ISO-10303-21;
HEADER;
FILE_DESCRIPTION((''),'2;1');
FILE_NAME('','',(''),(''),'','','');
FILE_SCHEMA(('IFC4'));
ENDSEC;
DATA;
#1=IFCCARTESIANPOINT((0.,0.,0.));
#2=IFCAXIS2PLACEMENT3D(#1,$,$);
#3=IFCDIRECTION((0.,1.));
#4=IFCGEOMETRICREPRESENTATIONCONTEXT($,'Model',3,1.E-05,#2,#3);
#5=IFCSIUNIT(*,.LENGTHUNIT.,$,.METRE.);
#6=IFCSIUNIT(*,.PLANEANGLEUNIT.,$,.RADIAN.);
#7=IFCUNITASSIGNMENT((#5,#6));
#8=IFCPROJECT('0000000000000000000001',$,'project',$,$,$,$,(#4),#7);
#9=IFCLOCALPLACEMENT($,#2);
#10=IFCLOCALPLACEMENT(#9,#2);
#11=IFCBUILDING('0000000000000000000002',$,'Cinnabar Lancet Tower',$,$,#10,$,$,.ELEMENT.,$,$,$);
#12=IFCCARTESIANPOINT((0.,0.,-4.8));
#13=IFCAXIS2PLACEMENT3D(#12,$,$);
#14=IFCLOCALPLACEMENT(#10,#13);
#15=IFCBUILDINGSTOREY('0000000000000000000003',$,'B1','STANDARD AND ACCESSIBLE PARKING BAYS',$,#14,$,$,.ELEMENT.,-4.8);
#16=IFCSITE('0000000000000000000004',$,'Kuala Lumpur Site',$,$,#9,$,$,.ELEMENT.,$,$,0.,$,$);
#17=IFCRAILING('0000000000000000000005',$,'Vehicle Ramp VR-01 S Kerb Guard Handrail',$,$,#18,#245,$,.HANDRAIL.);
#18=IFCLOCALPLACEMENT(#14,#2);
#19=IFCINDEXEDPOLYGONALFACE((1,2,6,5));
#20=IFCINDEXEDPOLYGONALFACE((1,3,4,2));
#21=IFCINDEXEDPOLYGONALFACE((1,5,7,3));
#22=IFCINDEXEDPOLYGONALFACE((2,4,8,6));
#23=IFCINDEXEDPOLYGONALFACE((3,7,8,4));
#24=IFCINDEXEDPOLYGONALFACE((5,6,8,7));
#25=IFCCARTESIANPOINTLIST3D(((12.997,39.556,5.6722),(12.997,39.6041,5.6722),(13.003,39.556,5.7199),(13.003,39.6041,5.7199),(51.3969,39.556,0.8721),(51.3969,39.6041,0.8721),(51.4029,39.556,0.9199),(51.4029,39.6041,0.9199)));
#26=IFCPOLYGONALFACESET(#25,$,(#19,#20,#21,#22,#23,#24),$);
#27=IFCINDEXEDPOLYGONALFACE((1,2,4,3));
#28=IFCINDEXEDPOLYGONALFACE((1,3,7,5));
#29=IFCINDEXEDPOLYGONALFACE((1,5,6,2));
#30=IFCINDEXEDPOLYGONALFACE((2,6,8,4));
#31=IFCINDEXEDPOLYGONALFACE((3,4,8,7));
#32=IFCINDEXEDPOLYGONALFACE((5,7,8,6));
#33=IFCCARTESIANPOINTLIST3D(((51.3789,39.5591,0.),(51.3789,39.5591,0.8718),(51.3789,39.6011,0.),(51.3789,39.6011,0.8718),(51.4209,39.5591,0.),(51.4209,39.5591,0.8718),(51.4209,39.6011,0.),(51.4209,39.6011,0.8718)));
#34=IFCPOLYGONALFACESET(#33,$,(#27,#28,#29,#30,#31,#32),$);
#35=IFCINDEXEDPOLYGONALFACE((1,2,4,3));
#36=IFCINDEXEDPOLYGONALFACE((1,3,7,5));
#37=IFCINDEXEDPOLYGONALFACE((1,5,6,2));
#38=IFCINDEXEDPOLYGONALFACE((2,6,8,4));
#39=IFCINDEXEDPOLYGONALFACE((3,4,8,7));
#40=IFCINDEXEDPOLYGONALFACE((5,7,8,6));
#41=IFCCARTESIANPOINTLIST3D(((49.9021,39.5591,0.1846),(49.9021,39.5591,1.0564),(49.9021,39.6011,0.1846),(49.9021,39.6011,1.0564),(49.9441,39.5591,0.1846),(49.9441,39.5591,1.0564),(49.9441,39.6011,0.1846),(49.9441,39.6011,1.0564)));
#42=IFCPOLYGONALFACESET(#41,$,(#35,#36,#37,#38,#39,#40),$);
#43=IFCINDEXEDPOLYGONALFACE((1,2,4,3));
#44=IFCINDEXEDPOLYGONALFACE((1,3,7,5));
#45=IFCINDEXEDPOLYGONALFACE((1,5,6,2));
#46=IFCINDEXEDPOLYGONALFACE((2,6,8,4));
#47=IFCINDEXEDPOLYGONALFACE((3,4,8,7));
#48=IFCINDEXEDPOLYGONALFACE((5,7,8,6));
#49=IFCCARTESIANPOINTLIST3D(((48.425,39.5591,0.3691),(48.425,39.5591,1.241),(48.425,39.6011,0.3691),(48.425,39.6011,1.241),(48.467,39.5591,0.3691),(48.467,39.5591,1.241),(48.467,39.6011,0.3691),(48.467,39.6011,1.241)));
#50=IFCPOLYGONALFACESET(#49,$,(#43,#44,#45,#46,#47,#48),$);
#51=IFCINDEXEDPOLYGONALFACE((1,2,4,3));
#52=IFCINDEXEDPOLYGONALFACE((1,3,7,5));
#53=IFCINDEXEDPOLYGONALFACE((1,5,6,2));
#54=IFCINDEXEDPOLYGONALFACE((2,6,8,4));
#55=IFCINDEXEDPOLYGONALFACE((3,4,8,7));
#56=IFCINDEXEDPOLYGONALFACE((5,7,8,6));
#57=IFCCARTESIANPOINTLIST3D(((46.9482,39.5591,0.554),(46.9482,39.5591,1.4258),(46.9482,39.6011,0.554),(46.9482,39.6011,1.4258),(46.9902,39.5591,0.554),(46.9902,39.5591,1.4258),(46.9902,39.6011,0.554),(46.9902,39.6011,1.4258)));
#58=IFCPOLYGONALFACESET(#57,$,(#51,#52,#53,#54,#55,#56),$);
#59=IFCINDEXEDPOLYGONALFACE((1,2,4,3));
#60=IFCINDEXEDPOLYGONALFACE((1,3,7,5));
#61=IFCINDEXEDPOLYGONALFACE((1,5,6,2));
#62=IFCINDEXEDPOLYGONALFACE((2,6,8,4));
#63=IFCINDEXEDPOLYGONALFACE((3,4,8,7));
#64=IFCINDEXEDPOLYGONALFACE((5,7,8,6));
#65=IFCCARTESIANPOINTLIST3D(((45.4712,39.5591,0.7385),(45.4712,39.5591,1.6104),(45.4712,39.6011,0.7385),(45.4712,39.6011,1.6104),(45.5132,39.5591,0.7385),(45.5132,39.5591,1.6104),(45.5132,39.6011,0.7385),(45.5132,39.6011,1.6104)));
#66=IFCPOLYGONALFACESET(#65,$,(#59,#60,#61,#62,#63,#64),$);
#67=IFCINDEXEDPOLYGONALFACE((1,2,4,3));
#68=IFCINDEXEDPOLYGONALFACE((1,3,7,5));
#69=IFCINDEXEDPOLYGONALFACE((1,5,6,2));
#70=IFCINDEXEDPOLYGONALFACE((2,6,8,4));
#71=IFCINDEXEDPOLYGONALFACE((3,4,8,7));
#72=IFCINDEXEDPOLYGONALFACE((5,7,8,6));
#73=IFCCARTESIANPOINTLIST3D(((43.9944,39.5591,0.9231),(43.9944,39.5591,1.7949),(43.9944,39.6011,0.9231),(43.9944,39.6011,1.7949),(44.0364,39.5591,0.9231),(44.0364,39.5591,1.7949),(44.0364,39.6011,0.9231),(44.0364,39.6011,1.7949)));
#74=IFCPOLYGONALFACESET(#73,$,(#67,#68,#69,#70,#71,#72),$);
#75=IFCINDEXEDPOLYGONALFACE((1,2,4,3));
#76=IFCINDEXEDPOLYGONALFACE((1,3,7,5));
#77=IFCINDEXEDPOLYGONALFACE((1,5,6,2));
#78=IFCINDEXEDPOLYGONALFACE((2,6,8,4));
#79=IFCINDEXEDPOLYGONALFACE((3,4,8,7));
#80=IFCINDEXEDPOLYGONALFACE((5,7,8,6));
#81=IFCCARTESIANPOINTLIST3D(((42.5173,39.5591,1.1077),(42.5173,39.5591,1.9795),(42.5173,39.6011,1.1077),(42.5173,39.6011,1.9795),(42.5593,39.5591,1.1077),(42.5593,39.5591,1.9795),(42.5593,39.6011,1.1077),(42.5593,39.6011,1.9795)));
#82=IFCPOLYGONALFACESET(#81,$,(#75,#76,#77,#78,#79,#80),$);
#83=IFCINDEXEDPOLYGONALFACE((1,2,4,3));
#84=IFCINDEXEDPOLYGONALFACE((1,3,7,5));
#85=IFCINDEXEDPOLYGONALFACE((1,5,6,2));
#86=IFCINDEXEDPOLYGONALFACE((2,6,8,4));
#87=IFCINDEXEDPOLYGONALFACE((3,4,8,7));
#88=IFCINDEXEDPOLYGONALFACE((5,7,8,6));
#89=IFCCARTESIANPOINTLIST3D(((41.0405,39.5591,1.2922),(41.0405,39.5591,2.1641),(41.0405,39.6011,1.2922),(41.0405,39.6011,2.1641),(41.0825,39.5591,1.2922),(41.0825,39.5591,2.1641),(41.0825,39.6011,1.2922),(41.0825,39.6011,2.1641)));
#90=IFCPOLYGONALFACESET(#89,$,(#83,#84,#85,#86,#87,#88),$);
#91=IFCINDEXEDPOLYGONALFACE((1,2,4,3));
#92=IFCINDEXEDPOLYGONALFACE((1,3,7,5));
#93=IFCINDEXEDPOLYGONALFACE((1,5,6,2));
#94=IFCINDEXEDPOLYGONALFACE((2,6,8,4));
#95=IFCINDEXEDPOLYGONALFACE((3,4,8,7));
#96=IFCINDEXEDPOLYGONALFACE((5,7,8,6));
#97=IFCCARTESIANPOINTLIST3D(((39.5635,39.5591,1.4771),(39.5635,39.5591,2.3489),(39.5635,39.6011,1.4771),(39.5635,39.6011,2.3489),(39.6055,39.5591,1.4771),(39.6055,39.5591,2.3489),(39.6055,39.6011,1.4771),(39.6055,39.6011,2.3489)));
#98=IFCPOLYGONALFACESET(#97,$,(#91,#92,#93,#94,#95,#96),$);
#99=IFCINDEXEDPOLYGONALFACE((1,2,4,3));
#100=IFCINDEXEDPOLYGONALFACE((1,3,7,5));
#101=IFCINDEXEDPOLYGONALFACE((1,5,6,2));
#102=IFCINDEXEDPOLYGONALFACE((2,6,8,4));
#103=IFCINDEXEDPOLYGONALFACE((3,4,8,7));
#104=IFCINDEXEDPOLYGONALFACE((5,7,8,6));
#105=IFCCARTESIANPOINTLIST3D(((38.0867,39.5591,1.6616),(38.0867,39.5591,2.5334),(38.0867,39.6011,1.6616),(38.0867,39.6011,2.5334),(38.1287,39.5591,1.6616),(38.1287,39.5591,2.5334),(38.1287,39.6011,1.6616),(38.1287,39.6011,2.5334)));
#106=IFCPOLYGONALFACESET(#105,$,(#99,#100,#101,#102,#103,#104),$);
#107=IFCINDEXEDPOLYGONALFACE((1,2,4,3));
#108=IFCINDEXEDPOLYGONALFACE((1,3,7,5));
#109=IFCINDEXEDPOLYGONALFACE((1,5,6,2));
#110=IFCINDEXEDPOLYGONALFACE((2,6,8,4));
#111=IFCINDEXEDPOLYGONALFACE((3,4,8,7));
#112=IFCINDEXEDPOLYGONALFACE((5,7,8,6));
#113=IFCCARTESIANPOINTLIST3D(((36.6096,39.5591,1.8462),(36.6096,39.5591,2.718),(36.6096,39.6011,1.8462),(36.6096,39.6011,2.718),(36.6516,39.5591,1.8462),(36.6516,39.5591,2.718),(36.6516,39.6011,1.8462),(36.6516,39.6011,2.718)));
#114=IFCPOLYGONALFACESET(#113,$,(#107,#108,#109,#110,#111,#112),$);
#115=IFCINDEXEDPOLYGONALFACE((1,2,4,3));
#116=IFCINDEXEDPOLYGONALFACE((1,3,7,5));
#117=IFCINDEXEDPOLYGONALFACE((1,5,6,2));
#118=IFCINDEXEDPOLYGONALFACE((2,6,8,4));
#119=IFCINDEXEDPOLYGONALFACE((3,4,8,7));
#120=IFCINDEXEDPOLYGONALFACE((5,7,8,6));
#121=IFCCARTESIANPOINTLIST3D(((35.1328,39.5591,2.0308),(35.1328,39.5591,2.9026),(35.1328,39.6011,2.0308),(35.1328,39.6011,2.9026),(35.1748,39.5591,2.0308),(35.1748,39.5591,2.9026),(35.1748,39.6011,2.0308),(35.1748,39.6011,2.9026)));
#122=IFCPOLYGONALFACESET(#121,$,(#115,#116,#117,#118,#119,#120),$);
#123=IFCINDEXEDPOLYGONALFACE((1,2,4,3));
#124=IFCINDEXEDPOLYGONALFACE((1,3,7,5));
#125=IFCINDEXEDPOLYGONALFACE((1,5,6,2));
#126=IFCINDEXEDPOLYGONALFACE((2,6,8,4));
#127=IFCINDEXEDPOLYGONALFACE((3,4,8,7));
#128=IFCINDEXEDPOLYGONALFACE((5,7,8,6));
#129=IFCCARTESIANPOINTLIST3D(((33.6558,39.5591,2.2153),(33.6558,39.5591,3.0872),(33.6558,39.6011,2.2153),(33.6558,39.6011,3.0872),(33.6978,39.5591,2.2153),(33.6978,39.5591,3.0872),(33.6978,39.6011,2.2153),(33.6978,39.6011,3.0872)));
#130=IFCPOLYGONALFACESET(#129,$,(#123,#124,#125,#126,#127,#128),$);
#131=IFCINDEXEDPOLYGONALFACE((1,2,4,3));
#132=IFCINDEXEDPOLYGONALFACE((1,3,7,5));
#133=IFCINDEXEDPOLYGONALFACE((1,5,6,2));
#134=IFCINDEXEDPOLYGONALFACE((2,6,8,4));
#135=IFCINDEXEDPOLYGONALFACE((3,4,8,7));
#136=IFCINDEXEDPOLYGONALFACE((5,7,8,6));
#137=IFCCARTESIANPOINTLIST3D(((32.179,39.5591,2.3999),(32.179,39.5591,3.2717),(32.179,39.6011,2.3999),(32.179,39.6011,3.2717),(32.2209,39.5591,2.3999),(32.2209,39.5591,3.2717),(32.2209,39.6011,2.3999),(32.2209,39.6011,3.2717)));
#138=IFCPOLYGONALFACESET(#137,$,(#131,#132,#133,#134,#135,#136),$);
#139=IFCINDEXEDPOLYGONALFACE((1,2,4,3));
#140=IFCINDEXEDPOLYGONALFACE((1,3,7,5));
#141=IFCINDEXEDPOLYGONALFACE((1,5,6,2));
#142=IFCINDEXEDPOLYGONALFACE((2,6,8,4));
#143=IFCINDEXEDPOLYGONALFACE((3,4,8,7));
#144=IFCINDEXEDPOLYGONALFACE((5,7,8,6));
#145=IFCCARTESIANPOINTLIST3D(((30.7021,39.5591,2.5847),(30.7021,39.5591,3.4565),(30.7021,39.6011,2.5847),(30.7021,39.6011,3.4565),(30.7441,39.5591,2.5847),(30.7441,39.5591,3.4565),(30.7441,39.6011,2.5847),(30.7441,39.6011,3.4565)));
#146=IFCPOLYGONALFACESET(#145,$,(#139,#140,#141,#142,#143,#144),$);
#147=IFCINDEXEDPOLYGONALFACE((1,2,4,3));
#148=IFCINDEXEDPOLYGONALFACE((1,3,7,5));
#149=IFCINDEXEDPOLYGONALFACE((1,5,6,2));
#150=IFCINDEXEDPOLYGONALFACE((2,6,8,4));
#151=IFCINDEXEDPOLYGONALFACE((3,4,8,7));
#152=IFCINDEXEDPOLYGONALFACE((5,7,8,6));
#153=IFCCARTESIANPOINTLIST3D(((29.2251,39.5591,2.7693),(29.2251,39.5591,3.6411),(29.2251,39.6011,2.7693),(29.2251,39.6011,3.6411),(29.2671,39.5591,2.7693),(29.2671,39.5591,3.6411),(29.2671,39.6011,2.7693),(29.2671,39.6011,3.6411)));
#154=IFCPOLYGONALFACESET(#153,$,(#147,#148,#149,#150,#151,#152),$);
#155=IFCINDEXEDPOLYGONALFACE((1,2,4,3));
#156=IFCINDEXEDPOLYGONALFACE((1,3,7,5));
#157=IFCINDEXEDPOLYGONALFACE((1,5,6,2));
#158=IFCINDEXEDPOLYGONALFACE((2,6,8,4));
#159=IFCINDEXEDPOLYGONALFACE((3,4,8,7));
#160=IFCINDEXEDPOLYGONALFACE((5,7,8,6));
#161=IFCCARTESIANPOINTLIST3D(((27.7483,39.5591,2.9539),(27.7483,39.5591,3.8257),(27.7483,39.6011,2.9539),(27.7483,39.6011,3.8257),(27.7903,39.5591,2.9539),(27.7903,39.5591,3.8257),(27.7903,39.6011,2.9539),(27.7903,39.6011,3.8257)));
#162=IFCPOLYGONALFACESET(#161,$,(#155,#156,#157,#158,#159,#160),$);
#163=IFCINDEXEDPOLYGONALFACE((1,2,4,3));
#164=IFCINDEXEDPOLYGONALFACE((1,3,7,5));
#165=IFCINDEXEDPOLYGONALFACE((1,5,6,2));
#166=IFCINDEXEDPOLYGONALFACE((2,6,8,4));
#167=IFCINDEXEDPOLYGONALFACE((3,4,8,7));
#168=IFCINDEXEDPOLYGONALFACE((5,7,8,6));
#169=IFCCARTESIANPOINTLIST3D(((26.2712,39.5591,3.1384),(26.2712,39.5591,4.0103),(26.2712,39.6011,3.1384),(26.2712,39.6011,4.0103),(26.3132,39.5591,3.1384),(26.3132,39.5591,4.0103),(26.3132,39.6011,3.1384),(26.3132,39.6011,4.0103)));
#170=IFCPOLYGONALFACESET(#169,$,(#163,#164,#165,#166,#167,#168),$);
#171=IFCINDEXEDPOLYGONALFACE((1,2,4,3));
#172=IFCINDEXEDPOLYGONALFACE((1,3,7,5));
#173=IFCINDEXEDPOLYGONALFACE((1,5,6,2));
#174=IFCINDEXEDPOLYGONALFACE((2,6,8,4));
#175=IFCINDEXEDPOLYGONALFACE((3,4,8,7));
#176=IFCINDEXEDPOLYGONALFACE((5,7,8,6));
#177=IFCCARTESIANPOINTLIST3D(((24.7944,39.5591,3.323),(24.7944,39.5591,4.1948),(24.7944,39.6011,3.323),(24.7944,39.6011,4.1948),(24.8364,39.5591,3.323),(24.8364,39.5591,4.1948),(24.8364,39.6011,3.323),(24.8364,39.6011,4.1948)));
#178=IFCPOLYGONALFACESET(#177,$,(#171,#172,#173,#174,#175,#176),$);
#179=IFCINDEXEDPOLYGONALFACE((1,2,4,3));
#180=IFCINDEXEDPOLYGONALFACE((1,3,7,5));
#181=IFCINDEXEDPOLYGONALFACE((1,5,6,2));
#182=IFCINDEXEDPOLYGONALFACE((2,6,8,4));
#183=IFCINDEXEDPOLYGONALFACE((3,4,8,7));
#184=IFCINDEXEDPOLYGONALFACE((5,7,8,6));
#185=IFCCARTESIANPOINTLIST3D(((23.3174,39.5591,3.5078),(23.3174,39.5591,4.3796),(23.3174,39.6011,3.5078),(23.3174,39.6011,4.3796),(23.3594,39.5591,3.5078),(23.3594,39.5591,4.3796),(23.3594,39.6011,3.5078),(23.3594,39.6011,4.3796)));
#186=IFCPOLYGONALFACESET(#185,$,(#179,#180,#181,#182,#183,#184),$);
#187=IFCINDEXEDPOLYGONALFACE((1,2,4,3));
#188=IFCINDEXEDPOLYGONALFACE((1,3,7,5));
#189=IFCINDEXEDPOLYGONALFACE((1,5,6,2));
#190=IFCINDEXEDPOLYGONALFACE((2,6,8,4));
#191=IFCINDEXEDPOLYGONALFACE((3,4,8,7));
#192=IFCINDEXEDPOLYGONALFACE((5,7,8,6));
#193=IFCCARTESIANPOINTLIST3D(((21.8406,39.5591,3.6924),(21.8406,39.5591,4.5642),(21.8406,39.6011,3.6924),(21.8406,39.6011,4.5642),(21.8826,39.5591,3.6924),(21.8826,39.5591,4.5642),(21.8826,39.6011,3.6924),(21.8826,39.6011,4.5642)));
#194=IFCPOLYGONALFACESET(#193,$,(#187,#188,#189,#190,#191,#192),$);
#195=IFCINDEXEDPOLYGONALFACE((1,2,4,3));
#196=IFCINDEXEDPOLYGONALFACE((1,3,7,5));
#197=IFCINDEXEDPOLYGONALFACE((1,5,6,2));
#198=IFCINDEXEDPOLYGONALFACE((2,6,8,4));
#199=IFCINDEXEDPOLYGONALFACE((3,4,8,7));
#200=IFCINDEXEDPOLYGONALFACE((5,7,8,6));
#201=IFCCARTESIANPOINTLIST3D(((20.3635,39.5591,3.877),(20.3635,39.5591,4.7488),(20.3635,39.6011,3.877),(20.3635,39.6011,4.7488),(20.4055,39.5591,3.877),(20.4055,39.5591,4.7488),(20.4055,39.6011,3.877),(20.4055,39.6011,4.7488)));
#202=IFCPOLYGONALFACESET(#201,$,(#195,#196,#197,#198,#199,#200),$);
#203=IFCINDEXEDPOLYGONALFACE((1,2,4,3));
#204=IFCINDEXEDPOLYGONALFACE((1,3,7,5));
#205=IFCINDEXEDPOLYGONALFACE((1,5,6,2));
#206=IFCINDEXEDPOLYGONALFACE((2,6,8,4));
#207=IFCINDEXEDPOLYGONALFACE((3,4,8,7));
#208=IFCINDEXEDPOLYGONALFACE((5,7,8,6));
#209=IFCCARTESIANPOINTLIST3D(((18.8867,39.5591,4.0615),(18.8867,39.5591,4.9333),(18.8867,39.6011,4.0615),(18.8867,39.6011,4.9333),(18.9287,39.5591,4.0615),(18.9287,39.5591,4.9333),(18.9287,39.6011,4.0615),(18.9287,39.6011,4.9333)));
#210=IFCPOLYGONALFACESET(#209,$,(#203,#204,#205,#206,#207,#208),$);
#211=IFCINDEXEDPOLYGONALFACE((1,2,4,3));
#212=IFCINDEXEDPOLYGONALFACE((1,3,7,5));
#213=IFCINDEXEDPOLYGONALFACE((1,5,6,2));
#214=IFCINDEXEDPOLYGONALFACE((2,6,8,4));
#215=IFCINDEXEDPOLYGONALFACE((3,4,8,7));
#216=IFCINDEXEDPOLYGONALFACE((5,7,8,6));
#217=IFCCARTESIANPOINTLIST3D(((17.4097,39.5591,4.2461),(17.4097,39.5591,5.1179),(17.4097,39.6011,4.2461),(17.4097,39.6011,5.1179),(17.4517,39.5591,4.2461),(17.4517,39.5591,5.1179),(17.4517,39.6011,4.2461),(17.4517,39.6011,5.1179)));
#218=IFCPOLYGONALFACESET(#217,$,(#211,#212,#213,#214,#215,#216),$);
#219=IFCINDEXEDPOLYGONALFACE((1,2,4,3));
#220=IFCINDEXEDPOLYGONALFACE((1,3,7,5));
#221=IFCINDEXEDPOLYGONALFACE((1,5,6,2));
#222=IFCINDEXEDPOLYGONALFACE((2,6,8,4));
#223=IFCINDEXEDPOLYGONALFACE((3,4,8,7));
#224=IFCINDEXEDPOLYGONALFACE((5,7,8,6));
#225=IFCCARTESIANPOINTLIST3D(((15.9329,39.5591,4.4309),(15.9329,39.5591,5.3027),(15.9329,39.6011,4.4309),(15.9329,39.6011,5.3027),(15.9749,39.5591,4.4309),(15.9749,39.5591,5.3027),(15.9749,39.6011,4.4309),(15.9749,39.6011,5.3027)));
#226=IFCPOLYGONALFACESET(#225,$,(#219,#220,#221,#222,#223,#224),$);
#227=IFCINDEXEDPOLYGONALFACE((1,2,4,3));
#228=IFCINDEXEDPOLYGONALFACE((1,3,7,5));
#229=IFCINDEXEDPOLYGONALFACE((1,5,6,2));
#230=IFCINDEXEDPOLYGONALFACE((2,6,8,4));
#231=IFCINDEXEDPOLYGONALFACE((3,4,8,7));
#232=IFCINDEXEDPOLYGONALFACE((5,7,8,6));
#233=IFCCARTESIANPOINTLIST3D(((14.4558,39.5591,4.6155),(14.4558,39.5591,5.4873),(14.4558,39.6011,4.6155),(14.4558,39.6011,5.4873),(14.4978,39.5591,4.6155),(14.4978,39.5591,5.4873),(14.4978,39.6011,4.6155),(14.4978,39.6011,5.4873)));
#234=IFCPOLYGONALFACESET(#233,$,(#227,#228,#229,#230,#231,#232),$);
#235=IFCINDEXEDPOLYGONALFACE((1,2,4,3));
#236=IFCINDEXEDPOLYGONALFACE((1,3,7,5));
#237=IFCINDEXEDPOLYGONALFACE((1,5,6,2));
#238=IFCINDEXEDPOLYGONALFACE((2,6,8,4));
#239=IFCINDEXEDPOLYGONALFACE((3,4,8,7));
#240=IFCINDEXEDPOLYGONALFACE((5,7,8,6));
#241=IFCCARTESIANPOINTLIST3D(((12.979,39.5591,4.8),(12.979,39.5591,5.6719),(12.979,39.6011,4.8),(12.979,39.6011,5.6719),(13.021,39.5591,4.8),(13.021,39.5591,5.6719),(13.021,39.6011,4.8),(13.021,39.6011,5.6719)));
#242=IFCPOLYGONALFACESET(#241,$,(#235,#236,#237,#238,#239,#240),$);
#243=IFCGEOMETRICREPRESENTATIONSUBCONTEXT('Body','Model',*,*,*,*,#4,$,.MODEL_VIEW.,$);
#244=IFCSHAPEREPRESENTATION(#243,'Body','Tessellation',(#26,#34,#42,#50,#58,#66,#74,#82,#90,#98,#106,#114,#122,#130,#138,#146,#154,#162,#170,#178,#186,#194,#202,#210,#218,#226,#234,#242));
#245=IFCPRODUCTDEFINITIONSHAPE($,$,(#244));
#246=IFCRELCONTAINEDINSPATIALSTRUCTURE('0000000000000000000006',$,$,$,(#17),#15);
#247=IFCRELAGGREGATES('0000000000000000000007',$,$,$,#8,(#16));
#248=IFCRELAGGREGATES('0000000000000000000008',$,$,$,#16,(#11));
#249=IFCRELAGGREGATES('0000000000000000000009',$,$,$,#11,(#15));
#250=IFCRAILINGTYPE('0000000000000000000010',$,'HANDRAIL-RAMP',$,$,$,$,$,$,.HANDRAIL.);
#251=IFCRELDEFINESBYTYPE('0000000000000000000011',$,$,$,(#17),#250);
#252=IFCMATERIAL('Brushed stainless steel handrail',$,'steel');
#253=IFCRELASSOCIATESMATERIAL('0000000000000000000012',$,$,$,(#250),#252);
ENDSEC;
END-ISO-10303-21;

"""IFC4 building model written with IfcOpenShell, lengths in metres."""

from ifc_helpers import new_model, si_unit, direction, frame, origin, origin_2d, place, context, subcontext, project, spatial, rectangle, extrude, material, type_object, element, save


model = new_model("IFC4")

# Units and contexts
model_context = context("Model", 3, precision=1e-05, world=origin(), true_north=direction((0.0, 1.0)))
body_context = subcontext(model_context, "Body", "Model", "MODEL_VIEW")
ifc_project = project(units=[si_unit("LENGTHUNIT", "METRE"), si_unit("PLANEANGLEUNIT", "RADIAN")], contexts=[model_context])

# Site, building, storey
site_placement = place(None, origin())
site = spatial("IfcSite", under=ifc_project, at=site_placement, Name="Kuala Lumpur Site", CompositionType="ELEMENT", RefElevation=0.0)
building_placement = place(site_placement, origin())
building = spatial("IfcBuilding", under=site, at=building_placement, Name="Cinnabar Lancet Tower", CompositionType="ELEMENT")
storey_placement = place(building_placement, frame((0.0, 0.0, -4.8)))
storey = spatial("IfcBuildingStorey", under=building, at=storey_placement, Name="B1", Description="STANDARD AND ACCESSIBLE PARKING BAYS", CompositionType="ELEMENT", Elevation=-4.8)

# Railing
ifc_material_1 = material(Name="Brushed stainless steel handrail", Category="steel")
railing_type = type_object("IfcRailingType", Name="HANDRAIL-RAMP", PredefinedType="HANDRAIL", material=ifc_material_1)
railing_1_placement = place(storey_placement, frame((51.3999, 39.5801, 0.0)))
element("IfcRailing", 1, at=railing_1_placement, inside=storey, type_object=railing_type, Name="Vehicle Ramp VR-01 S Kerb Guard Handrail", PredefinedType="HANDRAIL", context=body_context, shape_type="SweptSolid", body=[
    extrude(rectangle(XDim=0.0481, YDim=0.0481, at=origin_2d()), frame((0.0, 0.0, 0.896), z_axis=(-0.992278, 0.0, 0.124036), x_axis=(0.0, -1.0, 0.0)), (0.0, 0.0, 1.0), 38.6987),
    extrude(rectangle(XDim=0.042, YDim=0.042, at=origin_2d()), origin(), (0.0, 0.0, 1.0), 0.8718),
    extrude(rectangle(XDim=0.042, YDim=0.042, at=origin_2d()), frame((-1.4768, 0.0, 0.1846)), (0.0, 0.0, 1.0), 0.8718),
    extrude(rectangle(XDim=0.042, YDim=0.042, at=origin_2d()), frame((-2.9539, 0.0, 0.3691)), (0.0, 0.0, 1.0), 0.8718),
    extrude(rectangle(XDim=0.042, YDim=0.042, at=origin_2d()), frame((-4.4307, 0.0, 0.554)), (0.0, 0.0, 1.0), 0.8718),
    extrude(rectangle(XDim=0.042, YDim=0.042, at=origin_2d()), frame((-5.9077, 0.0, 0.7385)), (0.0, 0.0, 1.0), 0.8718),
    extrude(rectangle(XDim=0.042, YDim=0.042, at=origin_2d()), frame((-7.3845, 0.0, 0.9231)), (0.0, 0.0, 1.0), 0.8718),
    extrude(rectangle(XDim=0.042, YDim=0.042, at=origin_2d()), frame((-8.8616, 0.0, 1.1077)), (0.0, 0.0, 1.0), 0.8718),
    extrude(rectangle(XDim=0.042, YDim=0.042, at=origin_2d()), frame((-10.3384, 0.0, 1.2922)), (0.0, 0.0, 1.0), 0.8718),
    extrude(rectangle(XDim=0.042, YDim=0.042, at=origin_2d()), frame((-11.8154, 0.0, 1.4771)), (0.0, 0.0, 1.0), 0.8718),
    extrude(rectangle(XDim=0.042, YDim=0.042, at=origin_2d()), frame((-13.2922, 0.0, 1.6616)), (0.0, 0.0, 1.0), 0.8718),
    extrude(rectangle(XDim=0.042, YDim=0.042, at=origin_2d()), frame((-14.7693, 0.0, 1.8462)), (0.0, 0.0, 1.0), 0.8718),
    extrude(rectangle(XDim=0.042, YDim=0.042, at=origin_2d()), frame((-16.2461, 0.0, 2.0308)), (0.0, 0.0, 1.0), 0.8718),
    extrude(rectangle(XDim=0.042, YDim=0.042, at=origin_2d()), frame((-17.7231, 0.0, 2.2153)), (0.0, 0.0, 1.0), 0.8718),
    extrude(rectangle(XDim=0.042, YDim=0.042, at=origin_2d()), frame((-19.2, 0.0, 2.3999)), (0.0, 0.0, 1.0), 0.8718),
    extrude(rectangle(XDim=0.042, YDim=0.042, at=origin_2d()), frame((-20.6768, 0.0, 2.5847)), (0.0, 0.0, 1.0), 0.8718),
    extrude(rectangle(XDim=0.042, YDim=0.042, at=origin_2d()), frame((-22.1538, 0.0, 2.7693)), (0.0, 0.0, 1.0), 0.8718),
    extrude(rectangle(XDim=0.042, YDim=0.042, at=origin_2d()), frame((-23.6306, 0.0, 2.9539)), (0.0, 0.0, 1.0), 0.8718),
    extrude(rectangle(XDim=0.042, YDim=0.042, at=origin_2d()), frame((-25.1077, 0.0, 3.1384)), (0.0, 0.0, 1.0), 0.8718),
    extrude(rectangle(XDim=0.042, YDim=0.042, at=origin_2d()), frame((-26.5845, 0.0, 3.323)), (0.0, 0.0, 1.0), 0.8718),
    extrude(rectangle(XDim=0.042, YDim=0.042, at=origin_2d()), frame((-28.0615, 0.0, 3.5078)), (0.0, 0.0, 1.0), 0.8718),
    extrude(rectangle(XDim=0.042, YDim=0.042, at=origin_2d()), frame((-29.5383, 0.0, 3.6924)), (0.0, 0.0, 1.0), 0.8718),
    extrude(rectangle(XDim=0.042, YDim=0.042, at=origin_2d()), frame((-31.0154, 0.0, 3.877)), (0.0, 0.0, 1.0), 0.8718),
    extrude(rectangle(XDim=0.042, YDim=0.042, at=origin_2d()), frame((-32.4922, 0.0, 4.0615)), (0.0, 0.0, 1.0), 0.8718),
    extrude(rectangle(XDim=0.042, YDim=0.042, at=origin_2d()), frame((-33.9692, 0.0, 4.2461)), (0.0, 0.0, 1.0), 0.8718),
    extrude(rectangle(XDim=0.042, YDim=0.042, at=origin_2d()), frame((-35.446, 0.0, 4.4309)), (0.0, 0.0, 1.0), 0.8718),
    extrude(rectangle(XDim=0.042, YDim=0.042, at=origin_2d()), frame((-36.9231, 0.0, 4.6155)), (0.0, 0.0, 1.0), 0.8718),
    extrude(rectangle(XDim=0.042, YDim=0.042, at=origin_2d()), frame((-38.3999, 0.0, 4.8)), (0.0, 0.0, 1.0), 0.8718),
])

save(model, "model.ifc")
